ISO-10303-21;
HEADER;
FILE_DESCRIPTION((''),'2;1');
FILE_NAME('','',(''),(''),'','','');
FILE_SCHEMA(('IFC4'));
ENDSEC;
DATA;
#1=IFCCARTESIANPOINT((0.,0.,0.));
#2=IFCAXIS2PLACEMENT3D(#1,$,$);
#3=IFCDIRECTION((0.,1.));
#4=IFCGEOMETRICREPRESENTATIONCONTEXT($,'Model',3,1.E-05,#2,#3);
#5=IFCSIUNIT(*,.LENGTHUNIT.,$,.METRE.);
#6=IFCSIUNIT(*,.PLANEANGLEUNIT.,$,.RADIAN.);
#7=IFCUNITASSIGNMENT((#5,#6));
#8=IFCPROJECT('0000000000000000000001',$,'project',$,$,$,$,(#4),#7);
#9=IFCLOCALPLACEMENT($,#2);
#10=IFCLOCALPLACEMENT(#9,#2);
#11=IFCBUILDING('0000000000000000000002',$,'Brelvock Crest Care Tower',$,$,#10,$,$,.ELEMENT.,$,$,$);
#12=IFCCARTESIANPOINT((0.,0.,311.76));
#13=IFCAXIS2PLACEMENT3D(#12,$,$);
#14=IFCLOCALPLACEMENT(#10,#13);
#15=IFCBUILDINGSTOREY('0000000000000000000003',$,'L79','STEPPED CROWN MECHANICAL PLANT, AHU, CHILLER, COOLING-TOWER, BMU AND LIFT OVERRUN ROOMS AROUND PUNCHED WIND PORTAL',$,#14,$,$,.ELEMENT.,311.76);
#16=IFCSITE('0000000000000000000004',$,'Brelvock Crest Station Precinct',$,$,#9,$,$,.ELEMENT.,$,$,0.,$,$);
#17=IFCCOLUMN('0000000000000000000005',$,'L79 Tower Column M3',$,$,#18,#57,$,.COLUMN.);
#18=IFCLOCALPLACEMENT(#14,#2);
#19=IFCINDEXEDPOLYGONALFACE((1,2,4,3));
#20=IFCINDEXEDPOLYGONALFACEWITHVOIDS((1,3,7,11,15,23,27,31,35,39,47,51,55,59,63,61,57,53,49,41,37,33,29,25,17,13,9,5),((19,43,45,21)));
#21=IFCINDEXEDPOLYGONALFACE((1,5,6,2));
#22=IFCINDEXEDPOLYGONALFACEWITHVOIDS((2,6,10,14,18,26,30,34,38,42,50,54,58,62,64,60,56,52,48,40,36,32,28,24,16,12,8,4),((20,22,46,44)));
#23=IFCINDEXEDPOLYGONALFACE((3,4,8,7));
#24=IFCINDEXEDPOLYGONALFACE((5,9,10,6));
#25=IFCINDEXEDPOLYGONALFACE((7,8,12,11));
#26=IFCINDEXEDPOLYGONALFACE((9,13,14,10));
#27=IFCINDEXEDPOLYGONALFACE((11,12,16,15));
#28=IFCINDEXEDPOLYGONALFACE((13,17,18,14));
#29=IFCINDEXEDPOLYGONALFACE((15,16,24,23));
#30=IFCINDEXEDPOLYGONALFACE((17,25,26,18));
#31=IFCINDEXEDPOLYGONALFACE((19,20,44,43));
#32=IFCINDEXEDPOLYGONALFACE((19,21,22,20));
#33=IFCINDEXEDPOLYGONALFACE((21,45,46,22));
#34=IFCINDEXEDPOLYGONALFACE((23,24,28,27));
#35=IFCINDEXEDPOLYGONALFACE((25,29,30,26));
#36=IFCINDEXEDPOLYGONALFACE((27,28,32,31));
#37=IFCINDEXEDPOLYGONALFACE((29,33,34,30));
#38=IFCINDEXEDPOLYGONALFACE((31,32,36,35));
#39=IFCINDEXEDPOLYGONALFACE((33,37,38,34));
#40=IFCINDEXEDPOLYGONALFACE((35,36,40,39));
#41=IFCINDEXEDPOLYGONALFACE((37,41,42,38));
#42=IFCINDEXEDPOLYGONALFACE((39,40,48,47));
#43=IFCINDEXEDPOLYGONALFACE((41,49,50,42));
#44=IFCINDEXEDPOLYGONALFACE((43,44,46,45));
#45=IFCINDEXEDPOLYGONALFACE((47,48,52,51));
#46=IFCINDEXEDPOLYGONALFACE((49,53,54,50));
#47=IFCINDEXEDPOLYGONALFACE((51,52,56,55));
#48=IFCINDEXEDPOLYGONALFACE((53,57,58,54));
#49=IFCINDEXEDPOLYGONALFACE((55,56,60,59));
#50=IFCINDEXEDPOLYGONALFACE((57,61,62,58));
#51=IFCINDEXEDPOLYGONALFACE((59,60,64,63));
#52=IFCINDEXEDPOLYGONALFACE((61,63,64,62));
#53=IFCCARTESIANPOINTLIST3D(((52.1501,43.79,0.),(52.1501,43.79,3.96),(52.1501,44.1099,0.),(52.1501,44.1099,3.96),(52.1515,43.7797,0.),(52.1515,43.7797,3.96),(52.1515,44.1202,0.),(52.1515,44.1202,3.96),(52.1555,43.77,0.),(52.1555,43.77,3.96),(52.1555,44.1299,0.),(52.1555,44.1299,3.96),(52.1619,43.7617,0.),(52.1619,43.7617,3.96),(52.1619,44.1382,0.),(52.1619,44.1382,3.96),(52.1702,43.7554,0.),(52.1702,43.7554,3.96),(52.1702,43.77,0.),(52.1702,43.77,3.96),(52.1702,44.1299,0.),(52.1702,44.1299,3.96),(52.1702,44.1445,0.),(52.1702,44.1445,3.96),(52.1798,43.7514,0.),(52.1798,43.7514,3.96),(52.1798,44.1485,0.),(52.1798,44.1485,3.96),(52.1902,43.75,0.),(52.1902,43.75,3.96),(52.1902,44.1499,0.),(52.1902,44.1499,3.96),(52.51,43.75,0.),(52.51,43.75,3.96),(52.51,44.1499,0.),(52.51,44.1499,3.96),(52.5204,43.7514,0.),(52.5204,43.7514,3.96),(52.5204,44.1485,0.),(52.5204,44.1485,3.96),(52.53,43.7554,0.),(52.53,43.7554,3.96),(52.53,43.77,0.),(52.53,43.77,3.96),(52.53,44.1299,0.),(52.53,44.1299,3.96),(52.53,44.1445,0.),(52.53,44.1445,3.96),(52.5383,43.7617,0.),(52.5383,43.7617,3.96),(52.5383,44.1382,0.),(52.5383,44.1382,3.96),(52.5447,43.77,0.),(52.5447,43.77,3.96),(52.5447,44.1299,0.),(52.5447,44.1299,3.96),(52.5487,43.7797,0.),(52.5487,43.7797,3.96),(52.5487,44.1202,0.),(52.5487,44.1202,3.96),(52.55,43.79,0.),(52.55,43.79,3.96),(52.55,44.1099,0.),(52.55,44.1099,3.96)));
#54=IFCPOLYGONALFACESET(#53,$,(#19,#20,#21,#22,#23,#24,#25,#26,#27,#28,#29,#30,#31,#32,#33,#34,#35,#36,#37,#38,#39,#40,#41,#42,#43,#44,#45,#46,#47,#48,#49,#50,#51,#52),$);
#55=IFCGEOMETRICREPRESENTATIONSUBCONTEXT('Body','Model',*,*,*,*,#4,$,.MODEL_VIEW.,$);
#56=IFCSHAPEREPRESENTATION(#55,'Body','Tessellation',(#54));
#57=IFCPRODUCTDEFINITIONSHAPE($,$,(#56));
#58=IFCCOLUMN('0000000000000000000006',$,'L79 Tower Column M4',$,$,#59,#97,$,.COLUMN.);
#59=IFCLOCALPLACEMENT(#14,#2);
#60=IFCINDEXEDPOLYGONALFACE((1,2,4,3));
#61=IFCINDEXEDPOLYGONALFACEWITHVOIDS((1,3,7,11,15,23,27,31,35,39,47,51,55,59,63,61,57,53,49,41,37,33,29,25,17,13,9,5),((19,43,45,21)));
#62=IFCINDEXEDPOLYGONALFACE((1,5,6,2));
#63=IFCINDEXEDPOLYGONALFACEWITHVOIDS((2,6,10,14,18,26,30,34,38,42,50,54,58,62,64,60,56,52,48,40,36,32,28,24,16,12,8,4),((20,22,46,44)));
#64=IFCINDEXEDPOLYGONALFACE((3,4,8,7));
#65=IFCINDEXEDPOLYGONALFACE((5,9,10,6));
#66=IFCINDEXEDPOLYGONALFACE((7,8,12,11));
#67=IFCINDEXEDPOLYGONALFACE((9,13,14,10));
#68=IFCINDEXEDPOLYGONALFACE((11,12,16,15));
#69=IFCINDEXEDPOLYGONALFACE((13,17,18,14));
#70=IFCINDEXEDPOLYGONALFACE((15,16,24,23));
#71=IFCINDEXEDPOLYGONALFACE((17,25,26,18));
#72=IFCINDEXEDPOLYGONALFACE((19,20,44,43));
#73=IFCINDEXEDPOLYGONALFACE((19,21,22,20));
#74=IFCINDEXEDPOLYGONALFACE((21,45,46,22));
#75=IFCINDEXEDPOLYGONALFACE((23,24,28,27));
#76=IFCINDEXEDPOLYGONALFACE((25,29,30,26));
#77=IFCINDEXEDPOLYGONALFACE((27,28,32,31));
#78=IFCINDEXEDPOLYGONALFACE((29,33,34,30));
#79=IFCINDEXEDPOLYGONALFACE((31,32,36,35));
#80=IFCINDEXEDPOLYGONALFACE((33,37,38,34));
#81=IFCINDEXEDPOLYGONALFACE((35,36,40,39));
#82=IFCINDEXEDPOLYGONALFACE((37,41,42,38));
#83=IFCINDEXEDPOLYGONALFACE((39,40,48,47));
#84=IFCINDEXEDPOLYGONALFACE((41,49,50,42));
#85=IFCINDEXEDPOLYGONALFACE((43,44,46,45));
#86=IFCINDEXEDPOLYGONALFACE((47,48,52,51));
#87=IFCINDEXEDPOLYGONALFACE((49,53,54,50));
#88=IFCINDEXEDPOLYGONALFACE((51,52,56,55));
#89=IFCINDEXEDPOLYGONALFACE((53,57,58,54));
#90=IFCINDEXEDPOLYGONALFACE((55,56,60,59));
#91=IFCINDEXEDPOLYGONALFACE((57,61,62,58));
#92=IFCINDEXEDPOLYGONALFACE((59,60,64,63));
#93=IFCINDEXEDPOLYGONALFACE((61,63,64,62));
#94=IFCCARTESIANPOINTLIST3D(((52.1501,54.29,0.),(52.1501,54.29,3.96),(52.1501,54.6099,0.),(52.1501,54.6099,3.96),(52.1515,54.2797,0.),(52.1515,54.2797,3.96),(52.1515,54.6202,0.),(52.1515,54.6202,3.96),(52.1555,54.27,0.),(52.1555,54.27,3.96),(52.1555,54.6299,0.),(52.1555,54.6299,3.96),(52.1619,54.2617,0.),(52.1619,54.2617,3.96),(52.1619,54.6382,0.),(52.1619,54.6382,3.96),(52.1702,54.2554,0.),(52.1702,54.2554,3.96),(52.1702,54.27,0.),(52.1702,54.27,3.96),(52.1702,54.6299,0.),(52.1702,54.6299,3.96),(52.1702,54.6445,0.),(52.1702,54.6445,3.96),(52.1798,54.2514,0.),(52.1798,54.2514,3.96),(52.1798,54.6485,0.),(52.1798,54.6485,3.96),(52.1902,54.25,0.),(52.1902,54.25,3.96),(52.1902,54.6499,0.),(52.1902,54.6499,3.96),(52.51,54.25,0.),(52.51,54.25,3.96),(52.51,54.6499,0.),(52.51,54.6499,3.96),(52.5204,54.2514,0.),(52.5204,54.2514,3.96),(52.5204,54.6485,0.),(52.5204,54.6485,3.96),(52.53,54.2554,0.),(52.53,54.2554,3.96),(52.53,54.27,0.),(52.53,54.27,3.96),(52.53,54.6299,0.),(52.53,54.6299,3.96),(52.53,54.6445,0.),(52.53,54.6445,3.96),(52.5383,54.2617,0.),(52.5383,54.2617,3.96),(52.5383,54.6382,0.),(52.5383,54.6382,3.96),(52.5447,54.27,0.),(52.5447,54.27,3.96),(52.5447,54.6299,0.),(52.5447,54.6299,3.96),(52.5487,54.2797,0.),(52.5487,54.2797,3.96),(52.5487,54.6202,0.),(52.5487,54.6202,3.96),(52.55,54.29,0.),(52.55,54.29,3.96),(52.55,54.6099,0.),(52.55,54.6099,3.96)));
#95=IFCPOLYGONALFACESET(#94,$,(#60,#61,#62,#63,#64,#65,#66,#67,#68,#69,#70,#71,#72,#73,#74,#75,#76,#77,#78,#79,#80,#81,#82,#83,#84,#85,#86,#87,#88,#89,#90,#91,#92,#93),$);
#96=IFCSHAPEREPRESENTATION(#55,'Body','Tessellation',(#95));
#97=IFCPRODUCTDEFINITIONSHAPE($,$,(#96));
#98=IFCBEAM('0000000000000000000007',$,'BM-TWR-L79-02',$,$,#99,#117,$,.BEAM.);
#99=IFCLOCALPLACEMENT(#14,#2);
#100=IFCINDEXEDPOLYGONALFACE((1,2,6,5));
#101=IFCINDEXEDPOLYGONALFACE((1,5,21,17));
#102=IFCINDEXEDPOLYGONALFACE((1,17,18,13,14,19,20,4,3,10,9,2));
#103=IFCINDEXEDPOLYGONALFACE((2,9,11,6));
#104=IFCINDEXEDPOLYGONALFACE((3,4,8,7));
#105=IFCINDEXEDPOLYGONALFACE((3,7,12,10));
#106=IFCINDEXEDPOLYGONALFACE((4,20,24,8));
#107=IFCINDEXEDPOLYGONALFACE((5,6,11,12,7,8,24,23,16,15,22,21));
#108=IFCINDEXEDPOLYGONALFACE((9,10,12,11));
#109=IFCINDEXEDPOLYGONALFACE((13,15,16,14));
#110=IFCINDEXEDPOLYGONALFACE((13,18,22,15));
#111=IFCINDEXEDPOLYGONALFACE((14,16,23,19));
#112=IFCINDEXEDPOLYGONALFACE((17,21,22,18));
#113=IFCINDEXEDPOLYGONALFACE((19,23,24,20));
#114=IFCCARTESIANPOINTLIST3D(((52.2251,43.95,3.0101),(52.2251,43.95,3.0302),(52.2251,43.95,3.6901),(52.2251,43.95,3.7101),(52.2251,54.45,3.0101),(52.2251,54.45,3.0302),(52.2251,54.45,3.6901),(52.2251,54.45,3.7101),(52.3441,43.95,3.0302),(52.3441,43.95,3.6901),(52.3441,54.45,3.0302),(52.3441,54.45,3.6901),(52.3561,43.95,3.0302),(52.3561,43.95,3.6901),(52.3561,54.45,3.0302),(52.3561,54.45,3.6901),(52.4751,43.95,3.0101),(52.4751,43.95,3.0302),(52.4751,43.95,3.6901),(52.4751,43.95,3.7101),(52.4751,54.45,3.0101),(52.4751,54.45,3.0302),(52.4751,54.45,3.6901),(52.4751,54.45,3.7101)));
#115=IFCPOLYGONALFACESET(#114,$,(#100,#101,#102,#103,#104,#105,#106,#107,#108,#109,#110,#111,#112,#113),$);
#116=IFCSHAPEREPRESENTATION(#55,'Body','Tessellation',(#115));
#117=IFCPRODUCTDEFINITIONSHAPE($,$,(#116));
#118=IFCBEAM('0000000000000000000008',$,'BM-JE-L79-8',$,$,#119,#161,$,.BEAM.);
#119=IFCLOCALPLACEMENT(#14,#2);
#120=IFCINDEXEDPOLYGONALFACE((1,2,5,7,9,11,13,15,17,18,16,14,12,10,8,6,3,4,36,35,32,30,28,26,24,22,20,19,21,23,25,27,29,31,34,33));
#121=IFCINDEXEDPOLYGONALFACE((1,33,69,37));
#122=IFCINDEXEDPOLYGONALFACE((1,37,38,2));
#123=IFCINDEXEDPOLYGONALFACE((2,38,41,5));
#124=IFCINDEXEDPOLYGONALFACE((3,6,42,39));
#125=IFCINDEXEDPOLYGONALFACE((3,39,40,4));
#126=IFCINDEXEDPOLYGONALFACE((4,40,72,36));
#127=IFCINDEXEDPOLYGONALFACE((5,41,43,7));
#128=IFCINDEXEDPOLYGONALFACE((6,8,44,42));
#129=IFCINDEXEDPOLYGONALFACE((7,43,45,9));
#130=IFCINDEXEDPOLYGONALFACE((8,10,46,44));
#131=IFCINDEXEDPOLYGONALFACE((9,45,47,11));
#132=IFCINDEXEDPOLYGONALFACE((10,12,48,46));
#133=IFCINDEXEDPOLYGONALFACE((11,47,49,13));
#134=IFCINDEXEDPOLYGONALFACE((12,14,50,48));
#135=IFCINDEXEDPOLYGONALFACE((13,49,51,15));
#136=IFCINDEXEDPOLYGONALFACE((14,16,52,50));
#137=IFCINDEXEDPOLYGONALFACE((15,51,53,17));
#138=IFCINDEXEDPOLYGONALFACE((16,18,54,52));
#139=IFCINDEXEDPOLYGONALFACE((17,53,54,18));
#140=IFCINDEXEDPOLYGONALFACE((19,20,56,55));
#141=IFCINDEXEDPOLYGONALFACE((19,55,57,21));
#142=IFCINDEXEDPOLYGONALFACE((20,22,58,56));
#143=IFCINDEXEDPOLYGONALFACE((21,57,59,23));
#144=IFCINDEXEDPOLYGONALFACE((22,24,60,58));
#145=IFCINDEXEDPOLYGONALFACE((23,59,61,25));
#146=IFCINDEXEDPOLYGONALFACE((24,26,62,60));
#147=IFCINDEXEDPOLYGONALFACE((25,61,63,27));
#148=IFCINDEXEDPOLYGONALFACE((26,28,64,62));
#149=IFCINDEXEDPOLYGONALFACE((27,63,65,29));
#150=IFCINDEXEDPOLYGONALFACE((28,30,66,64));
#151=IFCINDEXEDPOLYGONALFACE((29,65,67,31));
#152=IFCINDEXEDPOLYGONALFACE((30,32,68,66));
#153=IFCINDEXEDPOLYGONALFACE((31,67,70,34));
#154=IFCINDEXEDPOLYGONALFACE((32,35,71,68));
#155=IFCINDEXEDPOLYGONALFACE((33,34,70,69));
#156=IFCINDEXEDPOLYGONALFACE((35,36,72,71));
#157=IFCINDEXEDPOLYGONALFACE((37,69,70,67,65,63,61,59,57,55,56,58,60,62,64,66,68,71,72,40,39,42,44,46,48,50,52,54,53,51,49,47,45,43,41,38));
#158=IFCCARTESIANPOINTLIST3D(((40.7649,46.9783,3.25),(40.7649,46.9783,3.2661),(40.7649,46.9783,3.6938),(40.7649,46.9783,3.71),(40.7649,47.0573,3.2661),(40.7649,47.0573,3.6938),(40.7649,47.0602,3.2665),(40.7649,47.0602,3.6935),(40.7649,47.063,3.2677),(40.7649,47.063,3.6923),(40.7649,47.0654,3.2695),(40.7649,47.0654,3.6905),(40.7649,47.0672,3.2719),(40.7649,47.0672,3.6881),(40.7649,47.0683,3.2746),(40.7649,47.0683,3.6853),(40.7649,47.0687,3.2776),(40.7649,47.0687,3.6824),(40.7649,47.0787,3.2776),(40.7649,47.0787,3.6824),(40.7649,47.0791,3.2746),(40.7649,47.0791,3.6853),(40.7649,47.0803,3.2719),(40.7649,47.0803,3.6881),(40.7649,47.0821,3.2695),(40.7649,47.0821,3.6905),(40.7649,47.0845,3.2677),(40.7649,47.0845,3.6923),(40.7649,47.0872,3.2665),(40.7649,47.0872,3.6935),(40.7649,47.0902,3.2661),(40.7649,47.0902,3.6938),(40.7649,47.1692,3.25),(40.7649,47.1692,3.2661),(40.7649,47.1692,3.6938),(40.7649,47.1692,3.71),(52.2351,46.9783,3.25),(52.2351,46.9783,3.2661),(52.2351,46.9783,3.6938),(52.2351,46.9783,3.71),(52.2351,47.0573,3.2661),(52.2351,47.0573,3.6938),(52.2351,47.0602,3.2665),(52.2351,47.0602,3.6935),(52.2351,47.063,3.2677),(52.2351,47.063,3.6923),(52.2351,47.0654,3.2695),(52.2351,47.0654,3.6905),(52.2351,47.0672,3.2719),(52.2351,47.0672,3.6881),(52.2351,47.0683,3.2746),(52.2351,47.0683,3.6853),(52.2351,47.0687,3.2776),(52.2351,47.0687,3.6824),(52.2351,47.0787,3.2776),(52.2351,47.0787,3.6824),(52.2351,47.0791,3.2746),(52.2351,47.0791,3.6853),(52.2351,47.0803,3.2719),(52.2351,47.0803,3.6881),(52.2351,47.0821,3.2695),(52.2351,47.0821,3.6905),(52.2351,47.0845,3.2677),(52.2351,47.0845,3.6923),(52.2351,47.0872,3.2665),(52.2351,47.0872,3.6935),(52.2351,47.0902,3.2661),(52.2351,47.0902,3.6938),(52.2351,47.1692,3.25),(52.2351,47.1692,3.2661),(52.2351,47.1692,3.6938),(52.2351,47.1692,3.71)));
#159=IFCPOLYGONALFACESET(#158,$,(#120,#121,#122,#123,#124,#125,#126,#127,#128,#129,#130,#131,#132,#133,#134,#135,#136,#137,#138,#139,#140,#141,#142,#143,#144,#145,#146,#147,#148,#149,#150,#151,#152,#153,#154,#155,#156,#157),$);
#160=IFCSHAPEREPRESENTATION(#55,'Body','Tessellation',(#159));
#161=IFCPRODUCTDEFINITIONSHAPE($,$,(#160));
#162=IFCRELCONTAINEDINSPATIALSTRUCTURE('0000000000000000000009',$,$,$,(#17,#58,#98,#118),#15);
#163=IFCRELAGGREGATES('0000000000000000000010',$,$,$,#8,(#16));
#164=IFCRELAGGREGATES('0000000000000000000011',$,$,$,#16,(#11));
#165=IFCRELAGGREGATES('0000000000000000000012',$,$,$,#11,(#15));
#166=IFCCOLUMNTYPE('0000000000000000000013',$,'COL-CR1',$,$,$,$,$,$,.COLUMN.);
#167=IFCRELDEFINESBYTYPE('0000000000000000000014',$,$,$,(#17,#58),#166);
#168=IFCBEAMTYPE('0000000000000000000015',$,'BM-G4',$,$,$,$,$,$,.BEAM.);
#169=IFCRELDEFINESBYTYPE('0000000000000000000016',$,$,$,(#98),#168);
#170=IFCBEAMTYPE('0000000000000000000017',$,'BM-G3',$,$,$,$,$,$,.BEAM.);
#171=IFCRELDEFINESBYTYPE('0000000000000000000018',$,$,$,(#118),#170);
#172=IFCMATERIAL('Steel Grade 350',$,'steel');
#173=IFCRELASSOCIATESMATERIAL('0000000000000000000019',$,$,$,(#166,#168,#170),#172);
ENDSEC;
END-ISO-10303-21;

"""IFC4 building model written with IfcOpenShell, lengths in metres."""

from ifc_helpers import new_model, si_unit, direction, frame, origin, origin_2d, place, context, subcontext, project, spatial, hollow_rectangle, i_section, extrude, source, transform, mapped, material, material_profile, profile_set, type_object, element, save


model = new_model("IFC4")

# Units and contexts
model_context = context("Model", 3, precision=1e-05, world=origin(), true_north=direction((0.0, 1.0)))
body_context = subcontext(model_context, "Body", "Model", "MODEL_VIEW")
ifc_project = project(units=[si_unit("LENGTHUNIT", "METRE"), si_unit("PLANEANGLEUNIT", "RADIAN")], contexts=[model_context])

# Site, building, storey
site_placement = place(None, origin())
site = spatial("IfcSite", under=ifc_project, at=site_placement, Name="Brelvock Crest Station Precinct", CompositionType="ELEMENT", RefElevation=0.0)
building_placement = place(site_placement, origin())
building = spatial("IfcBuilding", under=site, at=building_placement, Name="Brelvock Crest Care Tower", CompositionType="ELEMENT")
storey_placement = place(building_placement, frame((0.0, 0.0, 311.76)))
storey = spatial("IfcBuildingStorey", under=building, at=storey_placement, Name="L79", Description="STEPPED CROWN MECHANICAL PLANT, AHU, CHILLER, COOLING-TOWER, BMU AND LIFT OVERRUN ROOMS AROUND PUNCHED WIND PORTAL", CompositionType="ELEMENT", Elevation=311.76)

# Columns
ifc_material_1 = material(Name="Steel Grade 350", Category="steel")
ifc_material_profile_1 = material_profile(ifc_material_1, hollow_rectangle(XDim=0.3999, YDim=0.3999, WallThickness=0.02, OuterFilletRadius=0.04, at=origin_2d()), Name="SHS400x400x20.0")
ifc_profile_set_1 = profile_set([ifc_material_profile_1], Name="Steel Grade 350")
column_type = type_object("IfcColumnType", Name="COL-CR1", PredefinedType="COLUMN", material=ifc_profile_set_1)
shared_shape_1 = source(origin(), body_context, "Body", "SweptSolid", [
    extrude(hollow_rectangle(XDim=0.3999, YDim=0.3999, WallThickness=0.02, OuterFilletRadius=0.04, at=origin_2d()), origin(), (0.0, 0.0, 1.0), 3.96),
])
for number, where, z_axis, x_axis, name in (
    (1, (52.3501, 43.95, 0.0), (0.0, 0.0, 1.0), (1.0, 0.0, 0.0), "L79 Tower Column M3"),
    (2, (52.3501, 54.45, 0.0), (0.0, 0.0, 1.0), (1.0, 0.0, 0.0), "L79 Tower Column M4"),
):
    element("IfcColumn", number, at=place(storey_placement, frame(where, z_axis=z_axis, x_axis=x_axis)), inside=storey, type_object=column_type, Name=name, PredefinedType="COLUMN", context=body_context, shape_type="MappedRepresentation", body=[
        mapped(shared_shape_1, transform((0.0, 0.0, 0.0), x_axis=(1.0, 0.0, 0.0), y_axis=(0.0, 1.0, 0.0), z_axis=(0.0, 0.0, 1.0), scale=1.0)),
    ])

# Beams
ifc_material_profile_2 = material_profile(ifc_material_1, i_section(OverallWidth=0.25, OverallDepth=0.7, WebThickness=0.012, FlangeThickness=0.02, at=origin_2d()), Name="700WB150")
ifc_profile_set_2 = profile_set([ifc_material_profile_2], Name="Steel Grade 350")
beam_type_1 = type_object("IfcBeamType", Name="BM-G4", PredefinedType="BEAM", material=ifc_profile_set_2)
shared_shape_2 = source(origin(), body_context, "Body", "SweptSolid", [
    extrude(i_section(OverallWidth=0.25, OverallDepth=0.7, WebThickness=0.012, FlangeThickness=0.02, at=origin_2d()), origin(), (0.0, 0.0, 1.0), 10.5),
])
beam_placement = place(storey_placement, frame((52.3501, 43.95, 3.3601), z_axis=(0.0, 1.0, 0.0), x_axis=(-1.0, 0.0, 0.0)))
element("IfcBeam", 3, at=beam_placement, inside=storey, type_object=beam_type_1, Name="BM-TWR-L79-02", PredefinedType="BEAM", context=body_context, shape_type="MappedRepresentation", body=[
    mapped(shared_shape_2, transform((0.0, 0.0, 0.0), x_axis=(1.0, 0.0, 0.0), y_axis=(0.0, 1.0, 0.0), z_axis=(0.0, 0.0, 1.0), scale=1.0)),
])
ifc_material_profile_3 = material_profile(ifc_material_1, i_section(OverallWidth=0.1909, OverallDepth=0.46, WebThickness=0.01, FlangeThickness=0.0161, FilletRadius=0.0115, at=origin_2d()), Name="460UB82.1")
ifc_profile_set_3 = profile_set([ifc_material_profile_3], Name="Steel Grade 350")
beam_type_2 = type_object("IfcBeamType", Name="BM-G3", PredefinedType="BEAM", material=ifc_profile_set_3)
shared_shape_3 = source(origin(), body_context, "Body", "SweptSolid", [
    extrude(i_section(OverallWidth=0.1909, OverallDepth=0.46, WebThickness=0.01, FlangeThickness=0.0161, FilletRadius=0.0115, at=origin_2d()), origin(), (0.0, 0.0, 1.0), 11.4702),
])
for number, where, z_axis, x_axis, name in (
    (4, (40.7649, 47.0737, 3.48), (1.0, 0.0, 0.0), (0.0, 1.0, 0.0), "BM-JE-L79-8"),
):
    element("IfcBeam", number, at=place(storey_placement, frame(where, z_axis=z_axis, x_axis=x_axis)), inside=storey, type_object=beam_type_2, Name=name, PredefinedType="BEAM", context=body_context, shape_type="MappedRepresentation", body=[
        mapped(shared_shape_3, transform((0.0, 0.0, 0.0), x_axis=(1.0, 0.0, 0.0), y_axis=(0.0, 1.0, 0.0), z_axis=(0.0, 0.0, 1.0), scale=1.0)),
    ])

save(model, "model.ifc")
